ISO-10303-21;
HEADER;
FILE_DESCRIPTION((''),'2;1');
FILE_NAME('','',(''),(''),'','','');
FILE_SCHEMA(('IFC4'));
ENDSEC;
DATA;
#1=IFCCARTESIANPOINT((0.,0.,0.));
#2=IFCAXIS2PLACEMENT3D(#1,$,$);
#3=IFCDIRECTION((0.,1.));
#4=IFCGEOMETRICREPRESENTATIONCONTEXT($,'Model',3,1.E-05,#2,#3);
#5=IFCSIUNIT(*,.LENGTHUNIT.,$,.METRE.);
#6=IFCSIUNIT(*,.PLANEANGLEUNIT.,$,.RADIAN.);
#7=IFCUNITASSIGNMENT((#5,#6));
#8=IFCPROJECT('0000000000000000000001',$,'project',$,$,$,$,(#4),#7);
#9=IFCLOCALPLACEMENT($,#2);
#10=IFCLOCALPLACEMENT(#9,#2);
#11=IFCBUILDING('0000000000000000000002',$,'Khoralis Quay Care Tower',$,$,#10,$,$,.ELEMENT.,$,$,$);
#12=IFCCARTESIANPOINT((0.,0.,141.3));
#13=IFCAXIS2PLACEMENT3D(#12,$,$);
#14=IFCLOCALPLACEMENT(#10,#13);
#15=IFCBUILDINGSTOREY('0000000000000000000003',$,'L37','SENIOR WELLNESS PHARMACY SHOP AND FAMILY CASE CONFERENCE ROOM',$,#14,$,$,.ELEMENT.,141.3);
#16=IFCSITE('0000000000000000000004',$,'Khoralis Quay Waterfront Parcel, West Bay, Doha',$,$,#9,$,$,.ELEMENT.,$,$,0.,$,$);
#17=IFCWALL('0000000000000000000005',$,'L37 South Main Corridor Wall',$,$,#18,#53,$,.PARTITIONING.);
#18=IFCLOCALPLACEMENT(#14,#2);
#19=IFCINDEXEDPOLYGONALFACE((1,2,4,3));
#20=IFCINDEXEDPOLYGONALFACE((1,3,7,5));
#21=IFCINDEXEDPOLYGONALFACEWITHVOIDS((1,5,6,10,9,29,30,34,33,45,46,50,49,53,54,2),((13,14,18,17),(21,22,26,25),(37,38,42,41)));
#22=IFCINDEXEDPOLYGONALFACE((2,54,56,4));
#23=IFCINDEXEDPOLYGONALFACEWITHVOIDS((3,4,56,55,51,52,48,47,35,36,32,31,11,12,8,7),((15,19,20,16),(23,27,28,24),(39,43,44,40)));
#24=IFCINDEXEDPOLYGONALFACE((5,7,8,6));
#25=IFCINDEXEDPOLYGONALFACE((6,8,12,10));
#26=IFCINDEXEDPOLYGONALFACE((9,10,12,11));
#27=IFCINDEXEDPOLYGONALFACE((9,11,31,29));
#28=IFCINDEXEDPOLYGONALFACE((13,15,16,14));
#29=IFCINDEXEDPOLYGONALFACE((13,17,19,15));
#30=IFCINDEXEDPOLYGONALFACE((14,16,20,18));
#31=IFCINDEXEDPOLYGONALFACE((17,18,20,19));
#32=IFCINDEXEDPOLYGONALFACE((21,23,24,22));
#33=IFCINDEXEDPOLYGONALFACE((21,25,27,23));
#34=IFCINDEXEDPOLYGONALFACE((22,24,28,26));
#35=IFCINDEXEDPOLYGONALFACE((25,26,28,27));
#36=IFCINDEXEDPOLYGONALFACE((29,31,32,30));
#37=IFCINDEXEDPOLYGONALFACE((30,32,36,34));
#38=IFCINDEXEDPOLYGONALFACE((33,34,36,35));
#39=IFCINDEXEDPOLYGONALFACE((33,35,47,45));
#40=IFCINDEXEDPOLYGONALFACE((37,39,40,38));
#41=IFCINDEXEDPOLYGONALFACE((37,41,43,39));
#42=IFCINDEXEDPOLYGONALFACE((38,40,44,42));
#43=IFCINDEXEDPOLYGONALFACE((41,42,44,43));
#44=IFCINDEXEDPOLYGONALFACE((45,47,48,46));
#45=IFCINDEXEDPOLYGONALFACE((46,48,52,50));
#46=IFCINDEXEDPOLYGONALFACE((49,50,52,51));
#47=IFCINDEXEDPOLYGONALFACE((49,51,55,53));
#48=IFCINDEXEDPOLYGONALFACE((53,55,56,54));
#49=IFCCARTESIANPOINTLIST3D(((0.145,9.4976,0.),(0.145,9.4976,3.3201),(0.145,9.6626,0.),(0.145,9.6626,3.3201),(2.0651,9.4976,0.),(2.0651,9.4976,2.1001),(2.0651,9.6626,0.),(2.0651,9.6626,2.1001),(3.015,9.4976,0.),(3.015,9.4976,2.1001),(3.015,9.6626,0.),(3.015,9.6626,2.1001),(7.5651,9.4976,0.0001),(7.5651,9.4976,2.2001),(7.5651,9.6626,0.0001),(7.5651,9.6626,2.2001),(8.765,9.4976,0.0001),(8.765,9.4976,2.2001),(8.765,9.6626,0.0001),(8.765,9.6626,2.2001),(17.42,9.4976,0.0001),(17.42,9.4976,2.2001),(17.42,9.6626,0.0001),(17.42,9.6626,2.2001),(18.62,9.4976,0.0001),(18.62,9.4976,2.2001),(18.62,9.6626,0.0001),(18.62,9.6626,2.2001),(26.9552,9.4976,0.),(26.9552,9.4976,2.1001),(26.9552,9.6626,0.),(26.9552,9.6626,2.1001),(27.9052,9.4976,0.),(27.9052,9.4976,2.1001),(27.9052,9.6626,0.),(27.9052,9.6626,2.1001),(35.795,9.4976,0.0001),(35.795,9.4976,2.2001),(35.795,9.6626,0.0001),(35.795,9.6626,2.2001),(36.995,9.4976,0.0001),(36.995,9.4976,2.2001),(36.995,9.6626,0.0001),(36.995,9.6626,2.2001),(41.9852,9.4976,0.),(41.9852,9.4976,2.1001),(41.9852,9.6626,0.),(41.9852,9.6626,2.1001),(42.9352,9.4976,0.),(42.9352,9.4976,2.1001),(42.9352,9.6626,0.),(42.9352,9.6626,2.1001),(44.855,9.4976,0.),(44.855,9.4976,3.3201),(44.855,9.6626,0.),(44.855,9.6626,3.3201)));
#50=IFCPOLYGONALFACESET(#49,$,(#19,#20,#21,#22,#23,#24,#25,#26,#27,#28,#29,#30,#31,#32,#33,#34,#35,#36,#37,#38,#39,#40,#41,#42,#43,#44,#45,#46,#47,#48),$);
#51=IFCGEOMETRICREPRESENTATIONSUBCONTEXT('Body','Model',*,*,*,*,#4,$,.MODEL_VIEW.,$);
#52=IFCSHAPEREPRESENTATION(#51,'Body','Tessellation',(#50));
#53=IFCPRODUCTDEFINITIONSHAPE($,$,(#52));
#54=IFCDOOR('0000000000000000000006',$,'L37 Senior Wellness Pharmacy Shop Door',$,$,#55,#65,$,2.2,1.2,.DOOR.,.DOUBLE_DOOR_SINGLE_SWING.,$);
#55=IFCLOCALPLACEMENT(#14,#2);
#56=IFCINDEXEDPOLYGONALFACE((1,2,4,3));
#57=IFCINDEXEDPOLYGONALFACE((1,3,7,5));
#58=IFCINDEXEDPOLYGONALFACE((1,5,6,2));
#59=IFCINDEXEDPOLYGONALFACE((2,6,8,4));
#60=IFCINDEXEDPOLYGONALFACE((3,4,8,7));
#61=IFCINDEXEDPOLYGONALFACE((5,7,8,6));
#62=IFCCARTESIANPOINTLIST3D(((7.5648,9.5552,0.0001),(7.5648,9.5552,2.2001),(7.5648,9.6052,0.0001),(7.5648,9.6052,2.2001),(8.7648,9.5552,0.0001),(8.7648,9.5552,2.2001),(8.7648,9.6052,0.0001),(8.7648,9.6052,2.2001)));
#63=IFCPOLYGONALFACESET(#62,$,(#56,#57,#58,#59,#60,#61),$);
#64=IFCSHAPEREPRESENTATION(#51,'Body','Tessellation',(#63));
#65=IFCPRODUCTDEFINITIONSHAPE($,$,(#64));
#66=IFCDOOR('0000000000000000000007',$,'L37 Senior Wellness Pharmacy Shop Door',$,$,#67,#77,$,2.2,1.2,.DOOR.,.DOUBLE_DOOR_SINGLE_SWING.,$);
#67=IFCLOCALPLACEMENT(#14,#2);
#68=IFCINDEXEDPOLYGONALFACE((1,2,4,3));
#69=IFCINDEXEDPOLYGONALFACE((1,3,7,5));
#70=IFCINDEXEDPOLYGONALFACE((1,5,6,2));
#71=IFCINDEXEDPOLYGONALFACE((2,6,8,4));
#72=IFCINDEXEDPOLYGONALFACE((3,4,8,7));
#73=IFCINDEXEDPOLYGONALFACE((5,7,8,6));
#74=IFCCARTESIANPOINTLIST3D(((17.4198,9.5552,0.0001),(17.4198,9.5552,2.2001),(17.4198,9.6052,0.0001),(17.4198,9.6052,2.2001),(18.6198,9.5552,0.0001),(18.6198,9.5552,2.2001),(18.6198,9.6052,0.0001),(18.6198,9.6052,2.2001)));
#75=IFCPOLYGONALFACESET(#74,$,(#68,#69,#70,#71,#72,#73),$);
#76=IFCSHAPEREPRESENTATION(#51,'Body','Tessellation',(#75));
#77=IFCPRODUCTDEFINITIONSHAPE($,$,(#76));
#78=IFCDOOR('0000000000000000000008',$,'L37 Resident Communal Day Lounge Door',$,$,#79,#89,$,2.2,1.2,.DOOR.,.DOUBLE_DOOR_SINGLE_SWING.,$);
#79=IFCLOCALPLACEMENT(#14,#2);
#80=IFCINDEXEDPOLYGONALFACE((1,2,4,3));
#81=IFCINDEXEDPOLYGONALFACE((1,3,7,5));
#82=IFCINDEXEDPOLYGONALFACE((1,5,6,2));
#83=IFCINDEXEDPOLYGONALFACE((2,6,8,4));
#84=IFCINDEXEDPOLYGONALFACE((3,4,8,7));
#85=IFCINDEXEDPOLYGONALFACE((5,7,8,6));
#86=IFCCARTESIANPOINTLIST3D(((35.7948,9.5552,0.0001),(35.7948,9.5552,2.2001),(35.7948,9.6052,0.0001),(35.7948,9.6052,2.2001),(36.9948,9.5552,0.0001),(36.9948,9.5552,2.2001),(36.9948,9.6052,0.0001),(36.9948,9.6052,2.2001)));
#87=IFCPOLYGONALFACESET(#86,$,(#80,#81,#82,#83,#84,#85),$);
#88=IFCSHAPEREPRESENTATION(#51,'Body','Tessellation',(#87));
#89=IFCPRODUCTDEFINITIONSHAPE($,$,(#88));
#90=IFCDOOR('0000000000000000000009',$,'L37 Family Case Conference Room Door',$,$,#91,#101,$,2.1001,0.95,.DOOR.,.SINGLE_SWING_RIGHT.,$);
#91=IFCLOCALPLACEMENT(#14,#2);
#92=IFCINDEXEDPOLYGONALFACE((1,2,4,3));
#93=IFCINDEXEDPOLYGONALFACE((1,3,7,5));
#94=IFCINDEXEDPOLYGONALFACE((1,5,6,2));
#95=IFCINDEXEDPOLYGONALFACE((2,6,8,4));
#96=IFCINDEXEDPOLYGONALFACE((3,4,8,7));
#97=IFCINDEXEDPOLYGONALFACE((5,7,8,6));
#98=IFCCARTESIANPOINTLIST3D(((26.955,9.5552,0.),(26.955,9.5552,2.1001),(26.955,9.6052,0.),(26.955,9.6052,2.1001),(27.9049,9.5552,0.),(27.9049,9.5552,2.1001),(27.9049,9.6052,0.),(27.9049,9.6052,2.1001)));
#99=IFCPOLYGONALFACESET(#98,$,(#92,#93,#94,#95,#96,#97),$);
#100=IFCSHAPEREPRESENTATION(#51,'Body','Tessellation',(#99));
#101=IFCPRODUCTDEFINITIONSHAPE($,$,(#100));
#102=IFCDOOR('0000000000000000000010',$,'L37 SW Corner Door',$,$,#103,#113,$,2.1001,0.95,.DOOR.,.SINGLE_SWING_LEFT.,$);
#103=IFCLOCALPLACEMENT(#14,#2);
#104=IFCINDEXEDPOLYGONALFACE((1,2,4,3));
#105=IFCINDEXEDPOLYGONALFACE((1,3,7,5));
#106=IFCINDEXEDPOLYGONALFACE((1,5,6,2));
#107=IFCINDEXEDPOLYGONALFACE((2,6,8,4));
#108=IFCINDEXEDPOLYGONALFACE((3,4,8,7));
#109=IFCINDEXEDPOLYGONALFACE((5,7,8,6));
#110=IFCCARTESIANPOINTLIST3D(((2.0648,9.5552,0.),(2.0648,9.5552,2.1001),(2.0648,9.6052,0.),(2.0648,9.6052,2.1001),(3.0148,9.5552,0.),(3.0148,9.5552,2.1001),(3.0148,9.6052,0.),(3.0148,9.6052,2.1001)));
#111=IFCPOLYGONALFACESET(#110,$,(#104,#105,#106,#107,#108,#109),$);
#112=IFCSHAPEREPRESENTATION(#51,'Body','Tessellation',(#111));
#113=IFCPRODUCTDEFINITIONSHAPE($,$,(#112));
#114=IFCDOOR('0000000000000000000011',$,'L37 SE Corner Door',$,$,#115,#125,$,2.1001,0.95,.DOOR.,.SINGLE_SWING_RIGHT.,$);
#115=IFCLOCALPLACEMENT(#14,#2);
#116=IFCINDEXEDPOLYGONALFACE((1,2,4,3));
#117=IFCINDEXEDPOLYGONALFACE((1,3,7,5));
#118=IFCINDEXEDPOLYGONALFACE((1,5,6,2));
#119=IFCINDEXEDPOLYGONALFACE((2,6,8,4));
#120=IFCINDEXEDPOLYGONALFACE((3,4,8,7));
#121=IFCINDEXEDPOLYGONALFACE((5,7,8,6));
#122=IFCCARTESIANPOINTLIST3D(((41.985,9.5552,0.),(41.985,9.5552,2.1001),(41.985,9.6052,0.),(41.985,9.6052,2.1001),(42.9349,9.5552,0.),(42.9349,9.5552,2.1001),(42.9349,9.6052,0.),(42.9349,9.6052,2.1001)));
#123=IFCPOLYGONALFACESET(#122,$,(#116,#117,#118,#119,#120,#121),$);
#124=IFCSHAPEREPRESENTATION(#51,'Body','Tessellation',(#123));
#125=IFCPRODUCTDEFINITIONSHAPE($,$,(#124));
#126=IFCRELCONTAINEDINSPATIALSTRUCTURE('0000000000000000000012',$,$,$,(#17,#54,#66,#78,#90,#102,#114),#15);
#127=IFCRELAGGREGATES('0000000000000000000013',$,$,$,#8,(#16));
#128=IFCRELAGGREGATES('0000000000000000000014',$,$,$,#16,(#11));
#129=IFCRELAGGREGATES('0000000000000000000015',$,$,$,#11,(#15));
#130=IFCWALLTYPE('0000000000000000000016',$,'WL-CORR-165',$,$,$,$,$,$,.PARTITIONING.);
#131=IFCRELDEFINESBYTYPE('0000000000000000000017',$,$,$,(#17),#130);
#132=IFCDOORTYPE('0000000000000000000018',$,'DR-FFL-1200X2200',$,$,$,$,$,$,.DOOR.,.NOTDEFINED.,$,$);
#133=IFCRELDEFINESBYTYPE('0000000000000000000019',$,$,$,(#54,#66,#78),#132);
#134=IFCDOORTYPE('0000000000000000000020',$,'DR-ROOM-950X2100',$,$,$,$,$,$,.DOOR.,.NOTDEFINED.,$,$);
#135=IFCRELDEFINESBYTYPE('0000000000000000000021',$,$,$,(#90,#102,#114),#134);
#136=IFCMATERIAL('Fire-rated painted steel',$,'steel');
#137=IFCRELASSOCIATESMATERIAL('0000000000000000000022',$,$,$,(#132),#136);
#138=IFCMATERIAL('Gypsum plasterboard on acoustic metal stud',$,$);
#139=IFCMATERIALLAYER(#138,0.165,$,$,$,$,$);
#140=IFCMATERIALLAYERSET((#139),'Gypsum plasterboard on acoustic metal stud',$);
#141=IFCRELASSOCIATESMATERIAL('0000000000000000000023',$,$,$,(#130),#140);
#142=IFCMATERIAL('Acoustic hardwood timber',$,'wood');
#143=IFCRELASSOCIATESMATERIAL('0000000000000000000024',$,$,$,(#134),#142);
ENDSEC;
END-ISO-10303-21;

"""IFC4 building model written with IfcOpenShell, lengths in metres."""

from ifc_helpers import new_model, si_unit, direction, frame, frame_2d, origin, place, context, subcontext, project, spatial, rectangle, extrude, source, transform, mapped, material, layer, layer_set, type_object, element, fill, save


model = new_model("IFC4")

# Units and contexts
model_context = context("Model", 3, precision=1e-05, world=origin(), true_north=direction((0.0, 1.0)))
body_context = subcontext(model_context, "Body", "Model", "MODEL_VIEW")
ifc_project = project(units=[si_unit("LENGTHUNIT", "METRE"), si_unit("PLANEANGLEUNIT", "RADIAN")], contexts=[model_context])

# Site, building, storey
site_placement = place(None, origin())
site = spatial("IfcSite", under=ifc_project, at=site_placement, Name="Khoralis Quay Waterfront Parcel, West Bay, Doha", CompositionType="ELEMENT", RefElevation=0.0)
building_placement = place(site_placement, origin())
building = spatial("IfcBuilding", under=site, at=building_placement, Name="Khoralis Quay Care Tower", CompositionType="ELEMENT")
storey_placement = place(building_placement, frame((0.0, 0.0, 141.3)))
storey = spatial("IfcBuildingStorey", under=building, at=storey_placement, Name="L37", Description="SENIOR WELLNESS PHARMACY SHOP AND FAMILY CASE CONFERENCE ROOM", CompositionType="ELEMENT", Elevation=141.3)

# Shared definitions
ifc_material_1 = material(Name="Gypsum plasterboard on acoustic metal stud")
ifc_material_2 = material(Name="Fire-rated painted steel", Category="steel")
door_type_1 = type_object("IfcDoorType", Name="DR-FFL-1200X2200", OperationType="NOTDEFINED", PredefinedType="DOOR", material=ifc_material_2)
shared_shape_1 = source(origin(), body_context, "Body", "SweptSolid", [
    extrude(rectangle(XDim=1.2, YDim=2.2, at=frame_2d((0.6001, 1.1001))), frame((0.0, 0.0249, 0.0), z_axis=(0.0, -1.0, 0.0), x_axis=(1.0, 0.0, 0.0)), (0.0, 0.0, 1.0), 0.05),
])

# Wall, openings, doors
ifc_layer_1 = layer(ifc_material_1, 0.165)
ifc_layer_set_1 = layer_set([ifc_layer_1], Name="Gypsum plasterboard on acoustic metal stud")
wall_type_1 = type_object("IfcWallType", Name="WL-CORR-165", PredefinedType="PARTITIONING", material=ifc_layer_set_1)
wall_1_placement = place(storey_placement, frame((0.145, 9.5801, 0.0), z_axis=(0.0, 0.0, 1.0), x_axis=(1.0, 0.0, 0.0)))
wall_1 = element("IfcWall", 1, at=wall_1_placement, inside=storey, type_object=wall_type_1, Name="L37 South Main Corridor Wall", PredefinedType="PARTITIONING", context=body_context, shape_type="SweptSolid", body=[
    extrude(rectangle(XDim=44.71, YDim=0.165, at=frame_2d((22.355, 0.0))), origin(), (0.0, 0.0, 1.0), 3.3201),
])
opening_1_placement = place(wall_1_placement, frame((7.4199, 0.0, 0.0)))
opening_1 = element("IfcOpeningElement", 2, at=opening_1_placement, cuts=wall_1, PredefinedType="OPENING", context=body_context, shape_type="SweptSolid", body=[
    extrude(rectangle(XDim=1.2, YDim=2.2, at=frame_2d((0.6001, 1.1001))), frame((0.0, 0.0925, 0.0), z_axis=(0.0, -1.0, 0.0), x_axis=(1.0, 0.0, 0.0)), (0.0, 0.0, 1.0), 0.1851),
])
opening_2_placement = place(wall_1_placement, frame((17.2749, 0.0, 0.0)))
opening_2 = element("IfcOpeningElement", 3, at=opening_2_placement, cuts=wall_1, PredefinedType="OPENING", context=body_context, shape_type="SweptSolid", body=[
    extrude(rectangle(XDim=1.2, YDim=2.2, at=frame_2d((0.6001, 1.1001))), frame((0.0, 0.0925, 0.0), z_axis=(0.0, -1.0, 0.0), x_axis=(1.0, 0.0, 0.0)), (0.0, 0.0, 1.0), 0.1851),
])
opening_3_placement = place(wall_1_placement, frame((26.8101, 0.0, 0.0)))
opening_3 = element("IfcOpeningElement", 4, at=opening_3_placement, cuts=wall_1, PredefinedType="OPENING", context=body_context, shape_type="SweptSolid", body=[
    extrude(rectangle(XDim=0.95, YDim=2.1001, at=frame_2d((0.4751, 1.05))), frame((0.0, 0.0925, 0.0), z_axis=(0.0, -1.0, 0.0), x_axis=(1.0, 0.0, 0.0)), (0.0, 0.0, 1.0), 0.1851),
])
opening_4_placement = place(wall_1_placement, frame((35.6499, 0.0, 0.0)))
opening_4 = element("IfcOpeningElement", 5, at=opening_4_placement, cuts=wall_1, PredefinedType="OPENING", context=body_context, shape_type="SweptSolid", body=[
    extrude(rectangle(XDim=1.2, YDim=2.2, at=frame_2d((0.6001, 1.1001))), frame((0.0, 0.0925, 0.0), z_axis=(0.0, -1.0, 0.0), x_axis=(1.0, 0.0, 0.0)), (0.0, 0.0, 1.0), 0.1851),
])
opening_5_placement = place(wall_1_placement, frame((1.9199, 0.0, 0.0)))
opening_5 = element("IfcOpeningElement", 6, at=opening_5_placement, cuts=wall_1, PredefinedType="OPENING", context=body_context, shape_type="SweptSolid", body=[
    extrude(rectangle(XDim=0.95, YDim=2.1001, at=frame_2d((0.4751, 1.05))), frame((0.0, 0.0925, 0.0), z_axis=(0.0, -1.0, 0.0), x_axis=(1.0, 0.0, 0.0)), (0.0, 0.0, 1.0), 0.1851),
])
opening_6_placement = place(wall_1_placement, frame((41.8401, 0.0, 0.0)))
opening_6 = element("IfcOpeningElement", 7, at=opening_6_placement, cuts=wall_1, PredefinedType="OPENING", context=body_context, shape_type="SweptSolid", body=[
    extrude(rectangle(XDim=0.95, YDim=2.1001, at=frame_2d((0.4751, 1.05))), frame((0.0, 0.0925, 0.0), z_axis=(0.0, -1.0, 0.0), x_axis=(1.0, 0.0, 0.0)), (0.0, 0.0, 1.0), 0.1851),
])
door_1_placement = place(opening_1_placement, frame((1.2, 0.0, 0.0), z_axis=(0.0, 0.0, 1.0), x_axis=(-1.0, 0.0, 0.0)))
door_1 = element("IfcDoor", 8, at=door_1_placement, inside=storey, type_object=door_type_1, Name="L37 Senior Wellness Pharmacy Shop Door", OperationType="DOUBLE_DOOR_SINGLE_SWING", OverallHeight=2.2, OverallWidth=1.2, PredefinedType="DOOR", context=body_context, shape_type="MappedRepresentation", body=[
    mapped(shared_shape_1, transform((0.0, 0.0, 0.0), scale=1.0)),
])
fill(opening_1, door_1)
door_2_placement = place(opening_2_placement, frame((1.2, 0.0, 0.0), z_axis=(0.0, 0.0, 1.0), x_axis=(-1.0, 0.0, 0.0)))
door_2 = element("IfcDoor", 9, at=door_2_placement, inside=storey, type_object=door_type_1, Name="L37 Senior Wellness Pharmacy Shop Door", OperationType="DOUBLE_DOOR_SINGLE_SWING", OverallHeight=2.2, OverallWidth=1.2, PredefinedType="DOOR", context=body_context, shape_type="MappedRepresentation", body=[
    mapped(shared_shape_1, transform((0.0, 0.0, 0.0), scale=1.0)),
])
fill(opening_2, door_2)
door_3_placement = place(opening_4_placement, frame((1.2, 0.0, 0.0), z_axis=(0.0, 0.0, 1.0), x_axis=(-1.0, 0.0, 0.0)))
door_3 = element("IfcDoor", 10, at=door_3_placement, inside=storey, type_object=door_type_1, Name="L37 Resident Communal Day Lounge Door", OperationType="DOUBLE_DOOR_SINGLE_SWING", OverallHeight=2.2, OverallWidth=1.2, PredefinedType="DOOR", context=body_context, shape_type="MappedRepresentation", body=[
    mapped(shared_shape_1, transform((0.0, 0.0, 0.0), scale=1.0)),
])
fill(opening_4, door_3)
ifc_material_3 = material(Name="Acoustic hardwood timber", Category="wood")
door_type_2 = type_object("IfcDoorType", Name="DR-ROOM-950X2100", OperationType="NOTDEFINED", PredefinedType="DOOR", material=ifc_material_3)
shared_shape_2 = source(origin(), body_context, "Body", "SweptSolid", [
    extrude(rectangle(XDim=0.95, YDim=2.1001, at=frame_2d((0.4751, 1.05))), frame((0.0, 0.0249, 0.0), z_axis=(0.0, -1.0, 0.0), x_axis=(1.0, 0.0, 0.0)), (0.0, 0.0, 1.0), 0.05),
])
door_4_placement = place(opening_3_placement, frame((0.95, 0.0, 0.0), z_axis=(0.0, 0.0, 1.0), x_axis=(-1.0, 0.0, 0.0)))
door_4 = element("IfcDoor", 11, at=door_4_placement, inside=storey, type_object=door_type_2, Name="L37 Family Case Conference Room Door", OperationType="SINGLE_SWING_RIGHT", OverallHeight=2.1001, OverallWidth=0.95, PredefinedType="DOOR", context=body_context, shape_type="MappedRepresentation", body=[
    mapped(shared_shape_2, transform((0.0, 0.0, 0.0), scale=1.0)),
])
fill(opening_3, door_4)
door_5_placement = place(opening_5_placement, frame((0.95, 0.0, 0.0), z_axis=(0.0, 0.0, 1.0), x_axis=(-1.0, 0.0, 0.0)))
door_5 = element("IfcDoor", 12, at=door_5_placement, inside=storey, type_object=door_type_2, Name="L37 SW Corner Door", OperationType="SINGLE_SWING_LEFT", OverallHeight=2.1001, OverallWidth=0.95, PredefinedType="DOOR", context=body_context, shape_type="MappedRepresentation", body=[
    mapped(shared_shape_2, transform((0.0, 0.0, 0.0), scale=1.0)),
])
fill(opening_5, door_5)
door_6_placement = place(opening_6_placement, frame((0.95, 0.0, 0.0), z_axis=(0.0, 0.0, 1.0), x_axis=(-1.0, 0.0, 0.0)))
door_6 = element("IfcDoor", 13, at=door_6_placement, inside=storey, type_object=door_type_2, Name="L37 SE Corner Door", OperationType="SINGLE_SWING_RIGHT", OverallHeight=2.1001, OverallWidth=0.95, PredefinedType="DOOR", context=body_context, shape_type="MappedRepresentation", body=[
    mapped(shared_shape_2, transform((0.0, 0.0, 0.0), scale=1.0)),
])
fill(opening_6, door_6)

save(model, "model.ifc")
